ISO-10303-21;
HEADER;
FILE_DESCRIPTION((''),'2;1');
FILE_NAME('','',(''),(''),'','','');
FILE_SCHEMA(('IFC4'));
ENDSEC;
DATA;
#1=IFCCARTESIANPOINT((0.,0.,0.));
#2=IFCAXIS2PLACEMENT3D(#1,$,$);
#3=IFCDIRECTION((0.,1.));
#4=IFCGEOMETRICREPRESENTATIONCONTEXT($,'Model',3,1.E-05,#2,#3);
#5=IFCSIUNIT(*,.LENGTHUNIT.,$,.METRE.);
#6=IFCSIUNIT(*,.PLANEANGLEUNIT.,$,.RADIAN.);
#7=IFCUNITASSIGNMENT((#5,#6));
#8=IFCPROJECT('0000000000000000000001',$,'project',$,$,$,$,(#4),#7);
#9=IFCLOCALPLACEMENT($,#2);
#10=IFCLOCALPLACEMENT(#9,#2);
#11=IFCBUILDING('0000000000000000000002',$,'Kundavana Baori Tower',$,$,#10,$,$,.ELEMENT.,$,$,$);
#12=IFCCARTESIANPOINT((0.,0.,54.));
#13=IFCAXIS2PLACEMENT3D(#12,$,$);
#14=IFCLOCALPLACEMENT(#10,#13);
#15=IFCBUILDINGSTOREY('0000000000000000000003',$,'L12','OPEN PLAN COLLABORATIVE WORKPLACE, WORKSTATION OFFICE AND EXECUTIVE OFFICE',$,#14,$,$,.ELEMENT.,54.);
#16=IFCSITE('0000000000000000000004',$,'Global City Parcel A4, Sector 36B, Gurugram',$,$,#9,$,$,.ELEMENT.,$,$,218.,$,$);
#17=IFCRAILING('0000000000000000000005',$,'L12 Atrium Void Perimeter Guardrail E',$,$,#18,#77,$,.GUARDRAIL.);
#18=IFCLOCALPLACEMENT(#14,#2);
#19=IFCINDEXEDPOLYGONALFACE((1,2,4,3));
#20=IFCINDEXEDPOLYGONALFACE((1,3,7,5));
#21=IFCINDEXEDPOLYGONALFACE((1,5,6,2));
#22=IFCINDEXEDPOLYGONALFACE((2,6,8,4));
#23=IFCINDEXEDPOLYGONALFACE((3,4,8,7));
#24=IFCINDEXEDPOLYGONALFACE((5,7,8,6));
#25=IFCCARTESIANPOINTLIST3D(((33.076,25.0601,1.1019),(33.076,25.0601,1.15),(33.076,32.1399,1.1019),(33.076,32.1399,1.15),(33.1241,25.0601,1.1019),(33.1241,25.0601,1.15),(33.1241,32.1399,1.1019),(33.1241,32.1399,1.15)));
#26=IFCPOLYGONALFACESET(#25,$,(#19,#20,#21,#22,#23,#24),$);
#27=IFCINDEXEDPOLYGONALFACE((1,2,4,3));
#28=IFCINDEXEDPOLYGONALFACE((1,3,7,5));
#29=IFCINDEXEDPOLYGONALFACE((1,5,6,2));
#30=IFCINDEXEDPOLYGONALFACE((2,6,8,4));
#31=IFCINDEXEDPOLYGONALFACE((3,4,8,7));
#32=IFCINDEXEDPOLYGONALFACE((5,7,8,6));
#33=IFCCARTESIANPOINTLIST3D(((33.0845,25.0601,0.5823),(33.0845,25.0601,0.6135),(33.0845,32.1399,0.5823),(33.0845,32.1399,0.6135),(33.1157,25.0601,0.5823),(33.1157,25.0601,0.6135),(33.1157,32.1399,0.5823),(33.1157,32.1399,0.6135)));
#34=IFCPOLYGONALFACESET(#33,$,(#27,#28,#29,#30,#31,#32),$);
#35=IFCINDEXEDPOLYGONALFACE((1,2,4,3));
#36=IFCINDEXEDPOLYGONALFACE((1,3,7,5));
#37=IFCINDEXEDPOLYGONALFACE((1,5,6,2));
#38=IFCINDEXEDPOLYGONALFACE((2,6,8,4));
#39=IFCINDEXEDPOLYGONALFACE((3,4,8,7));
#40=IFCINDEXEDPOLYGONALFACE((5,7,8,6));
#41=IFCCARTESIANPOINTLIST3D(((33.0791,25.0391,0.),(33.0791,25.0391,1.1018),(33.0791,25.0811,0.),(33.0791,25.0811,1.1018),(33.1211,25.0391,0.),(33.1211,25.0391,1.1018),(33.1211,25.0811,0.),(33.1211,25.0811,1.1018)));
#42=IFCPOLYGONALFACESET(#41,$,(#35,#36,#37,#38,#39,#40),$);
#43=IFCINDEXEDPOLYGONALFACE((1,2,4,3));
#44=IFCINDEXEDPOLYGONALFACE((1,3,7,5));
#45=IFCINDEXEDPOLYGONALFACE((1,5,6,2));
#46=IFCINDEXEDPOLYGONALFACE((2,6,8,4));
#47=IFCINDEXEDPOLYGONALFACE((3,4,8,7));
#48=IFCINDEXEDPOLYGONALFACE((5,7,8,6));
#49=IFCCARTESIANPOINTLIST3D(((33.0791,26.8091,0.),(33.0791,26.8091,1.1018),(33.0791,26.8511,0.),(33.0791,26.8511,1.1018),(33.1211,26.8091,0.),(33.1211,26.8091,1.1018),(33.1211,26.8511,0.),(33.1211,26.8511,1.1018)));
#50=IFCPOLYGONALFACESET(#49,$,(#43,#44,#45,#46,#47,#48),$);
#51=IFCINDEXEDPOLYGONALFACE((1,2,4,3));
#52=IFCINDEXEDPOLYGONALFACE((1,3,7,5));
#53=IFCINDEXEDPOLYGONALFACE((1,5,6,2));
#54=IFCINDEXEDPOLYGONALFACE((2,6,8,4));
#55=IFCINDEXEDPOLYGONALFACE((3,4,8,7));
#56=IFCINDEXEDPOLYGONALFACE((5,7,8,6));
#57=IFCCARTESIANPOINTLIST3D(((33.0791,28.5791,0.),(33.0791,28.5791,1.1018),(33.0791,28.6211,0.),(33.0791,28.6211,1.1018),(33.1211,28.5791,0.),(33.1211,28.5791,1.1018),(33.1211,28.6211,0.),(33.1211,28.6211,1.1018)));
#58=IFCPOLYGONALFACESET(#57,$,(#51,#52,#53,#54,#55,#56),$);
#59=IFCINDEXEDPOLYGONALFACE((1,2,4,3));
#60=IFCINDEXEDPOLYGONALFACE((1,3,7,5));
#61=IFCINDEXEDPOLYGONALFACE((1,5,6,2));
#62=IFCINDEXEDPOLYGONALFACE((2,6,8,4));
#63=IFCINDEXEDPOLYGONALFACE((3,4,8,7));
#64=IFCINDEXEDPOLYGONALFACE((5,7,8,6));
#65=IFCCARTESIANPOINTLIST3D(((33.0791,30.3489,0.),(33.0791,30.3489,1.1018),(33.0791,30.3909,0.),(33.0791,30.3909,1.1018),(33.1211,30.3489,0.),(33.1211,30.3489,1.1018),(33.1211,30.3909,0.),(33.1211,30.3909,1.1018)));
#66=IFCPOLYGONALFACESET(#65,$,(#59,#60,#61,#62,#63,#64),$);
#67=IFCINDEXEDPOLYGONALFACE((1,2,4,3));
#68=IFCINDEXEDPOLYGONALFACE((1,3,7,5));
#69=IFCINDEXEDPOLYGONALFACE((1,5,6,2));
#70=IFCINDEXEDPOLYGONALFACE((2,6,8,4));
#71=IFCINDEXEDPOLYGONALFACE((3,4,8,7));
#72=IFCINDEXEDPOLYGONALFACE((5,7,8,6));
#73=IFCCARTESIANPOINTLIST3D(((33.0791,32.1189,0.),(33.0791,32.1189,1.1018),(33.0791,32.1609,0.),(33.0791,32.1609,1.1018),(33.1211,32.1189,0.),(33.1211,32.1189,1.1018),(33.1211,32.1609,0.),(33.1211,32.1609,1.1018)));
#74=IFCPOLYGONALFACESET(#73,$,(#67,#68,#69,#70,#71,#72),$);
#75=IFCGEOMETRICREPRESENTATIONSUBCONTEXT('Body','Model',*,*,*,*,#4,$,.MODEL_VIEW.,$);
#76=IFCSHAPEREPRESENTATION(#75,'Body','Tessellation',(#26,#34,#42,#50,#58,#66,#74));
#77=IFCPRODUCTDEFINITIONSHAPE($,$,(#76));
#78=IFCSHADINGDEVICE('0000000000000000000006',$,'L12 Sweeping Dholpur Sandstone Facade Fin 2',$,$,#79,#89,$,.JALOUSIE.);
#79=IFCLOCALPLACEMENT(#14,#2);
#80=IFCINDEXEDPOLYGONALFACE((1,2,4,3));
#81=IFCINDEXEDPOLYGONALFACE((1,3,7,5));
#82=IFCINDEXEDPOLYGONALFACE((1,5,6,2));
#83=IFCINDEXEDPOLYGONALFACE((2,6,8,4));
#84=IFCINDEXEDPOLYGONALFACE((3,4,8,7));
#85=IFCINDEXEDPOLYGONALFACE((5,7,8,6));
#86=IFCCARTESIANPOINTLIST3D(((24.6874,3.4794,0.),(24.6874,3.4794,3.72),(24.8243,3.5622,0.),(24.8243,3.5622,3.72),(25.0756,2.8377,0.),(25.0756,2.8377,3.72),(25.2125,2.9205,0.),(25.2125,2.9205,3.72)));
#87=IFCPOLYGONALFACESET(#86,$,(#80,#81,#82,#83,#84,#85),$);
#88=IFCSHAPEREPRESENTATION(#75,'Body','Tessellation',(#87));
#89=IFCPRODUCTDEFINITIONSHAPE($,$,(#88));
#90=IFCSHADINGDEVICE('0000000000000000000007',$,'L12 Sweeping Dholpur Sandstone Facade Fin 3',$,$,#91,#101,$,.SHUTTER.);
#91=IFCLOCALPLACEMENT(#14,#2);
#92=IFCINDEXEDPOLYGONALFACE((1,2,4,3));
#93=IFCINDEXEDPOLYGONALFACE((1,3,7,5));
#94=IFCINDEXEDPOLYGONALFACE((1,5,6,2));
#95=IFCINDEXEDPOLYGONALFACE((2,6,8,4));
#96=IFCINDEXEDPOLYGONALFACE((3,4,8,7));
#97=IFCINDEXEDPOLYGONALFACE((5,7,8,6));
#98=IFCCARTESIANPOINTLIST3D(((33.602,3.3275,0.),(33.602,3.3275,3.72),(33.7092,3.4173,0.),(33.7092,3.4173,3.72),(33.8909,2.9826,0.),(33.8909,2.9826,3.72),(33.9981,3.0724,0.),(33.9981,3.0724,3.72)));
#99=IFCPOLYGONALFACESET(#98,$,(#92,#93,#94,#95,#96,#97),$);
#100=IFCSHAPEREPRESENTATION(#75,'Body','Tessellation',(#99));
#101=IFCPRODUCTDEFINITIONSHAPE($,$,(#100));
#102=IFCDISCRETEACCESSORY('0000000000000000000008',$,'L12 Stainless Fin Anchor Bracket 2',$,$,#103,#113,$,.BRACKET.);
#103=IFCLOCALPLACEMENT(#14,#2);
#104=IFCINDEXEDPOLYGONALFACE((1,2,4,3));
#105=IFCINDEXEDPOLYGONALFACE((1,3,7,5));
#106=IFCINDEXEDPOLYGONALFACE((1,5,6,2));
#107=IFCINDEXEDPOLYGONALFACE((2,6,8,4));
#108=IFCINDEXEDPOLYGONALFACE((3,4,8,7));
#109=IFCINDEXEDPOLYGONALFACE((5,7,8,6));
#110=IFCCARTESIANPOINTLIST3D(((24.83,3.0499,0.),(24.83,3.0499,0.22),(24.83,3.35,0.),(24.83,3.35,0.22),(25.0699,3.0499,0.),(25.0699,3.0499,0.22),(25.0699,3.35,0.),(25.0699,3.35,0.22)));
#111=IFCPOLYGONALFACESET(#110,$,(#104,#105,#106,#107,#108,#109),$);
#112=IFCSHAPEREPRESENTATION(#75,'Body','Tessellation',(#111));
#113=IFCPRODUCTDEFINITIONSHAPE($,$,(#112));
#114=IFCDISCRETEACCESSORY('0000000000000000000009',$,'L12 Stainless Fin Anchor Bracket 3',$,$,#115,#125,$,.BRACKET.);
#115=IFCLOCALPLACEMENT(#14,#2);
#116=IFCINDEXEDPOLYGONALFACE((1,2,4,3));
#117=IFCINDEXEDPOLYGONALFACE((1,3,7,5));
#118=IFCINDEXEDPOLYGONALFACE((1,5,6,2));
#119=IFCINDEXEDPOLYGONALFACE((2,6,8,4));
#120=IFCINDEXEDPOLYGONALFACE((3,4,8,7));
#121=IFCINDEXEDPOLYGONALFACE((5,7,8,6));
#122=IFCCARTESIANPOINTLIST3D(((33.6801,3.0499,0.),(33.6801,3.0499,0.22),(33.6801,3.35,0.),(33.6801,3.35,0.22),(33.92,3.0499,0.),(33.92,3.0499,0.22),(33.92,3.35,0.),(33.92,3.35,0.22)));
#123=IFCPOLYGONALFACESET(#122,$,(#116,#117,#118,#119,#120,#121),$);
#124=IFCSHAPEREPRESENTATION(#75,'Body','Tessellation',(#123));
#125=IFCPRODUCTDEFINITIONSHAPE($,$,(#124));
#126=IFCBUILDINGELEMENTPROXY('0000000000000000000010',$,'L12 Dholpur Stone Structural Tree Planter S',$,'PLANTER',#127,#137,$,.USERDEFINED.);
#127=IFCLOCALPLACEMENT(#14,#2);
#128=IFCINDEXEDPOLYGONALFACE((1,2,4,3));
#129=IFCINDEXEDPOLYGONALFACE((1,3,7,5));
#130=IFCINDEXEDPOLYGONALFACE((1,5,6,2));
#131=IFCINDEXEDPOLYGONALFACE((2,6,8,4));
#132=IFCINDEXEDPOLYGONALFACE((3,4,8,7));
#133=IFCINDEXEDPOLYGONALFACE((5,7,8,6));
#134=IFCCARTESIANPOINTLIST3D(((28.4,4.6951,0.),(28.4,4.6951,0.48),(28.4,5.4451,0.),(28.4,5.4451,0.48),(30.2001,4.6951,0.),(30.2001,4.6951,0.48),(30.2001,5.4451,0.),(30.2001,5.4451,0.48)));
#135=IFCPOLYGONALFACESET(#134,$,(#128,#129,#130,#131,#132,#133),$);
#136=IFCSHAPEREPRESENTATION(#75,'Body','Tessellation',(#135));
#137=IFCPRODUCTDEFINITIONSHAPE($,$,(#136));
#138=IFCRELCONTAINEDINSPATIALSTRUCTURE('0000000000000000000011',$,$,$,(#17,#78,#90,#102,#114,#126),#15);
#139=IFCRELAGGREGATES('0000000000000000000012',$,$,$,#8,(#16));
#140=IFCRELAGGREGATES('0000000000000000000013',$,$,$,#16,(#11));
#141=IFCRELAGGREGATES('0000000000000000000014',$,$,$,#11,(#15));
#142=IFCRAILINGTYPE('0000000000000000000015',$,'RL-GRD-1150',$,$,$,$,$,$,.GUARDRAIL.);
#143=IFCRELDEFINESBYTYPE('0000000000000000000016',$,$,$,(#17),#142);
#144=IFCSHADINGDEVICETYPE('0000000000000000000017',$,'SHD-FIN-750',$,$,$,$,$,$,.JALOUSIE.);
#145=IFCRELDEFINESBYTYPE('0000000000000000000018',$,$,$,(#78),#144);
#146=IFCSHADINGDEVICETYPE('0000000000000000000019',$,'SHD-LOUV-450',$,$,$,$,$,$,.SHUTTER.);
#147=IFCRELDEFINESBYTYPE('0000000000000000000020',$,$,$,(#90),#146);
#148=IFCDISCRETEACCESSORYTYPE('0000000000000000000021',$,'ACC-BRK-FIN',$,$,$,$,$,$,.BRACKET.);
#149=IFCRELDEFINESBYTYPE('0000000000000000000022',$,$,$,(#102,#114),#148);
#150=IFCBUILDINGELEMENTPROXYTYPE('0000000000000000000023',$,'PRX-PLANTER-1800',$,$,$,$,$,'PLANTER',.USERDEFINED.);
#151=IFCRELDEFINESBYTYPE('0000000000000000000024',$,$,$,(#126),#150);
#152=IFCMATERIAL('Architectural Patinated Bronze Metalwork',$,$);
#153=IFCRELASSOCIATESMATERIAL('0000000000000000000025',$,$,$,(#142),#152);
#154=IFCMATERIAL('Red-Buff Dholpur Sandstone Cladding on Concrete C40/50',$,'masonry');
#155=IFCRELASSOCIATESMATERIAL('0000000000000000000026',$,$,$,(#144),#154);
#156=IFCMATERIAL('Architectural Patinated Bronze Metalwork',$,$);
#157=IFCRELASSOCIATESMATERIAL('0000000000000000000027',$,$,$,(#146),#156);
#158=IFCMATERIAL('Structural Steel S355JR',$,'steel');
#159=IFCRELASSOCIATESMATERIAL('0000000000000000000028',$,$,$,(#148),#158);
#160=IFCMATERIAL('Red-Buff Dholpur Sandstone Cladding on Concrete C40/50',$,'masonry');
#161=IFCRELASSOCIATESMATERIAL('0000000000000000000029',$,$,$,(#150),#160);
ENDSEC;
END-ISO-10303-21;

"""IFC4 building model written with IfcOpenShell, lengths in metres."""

from ifc_helpers import new_model, si_unit, direction, frame, origin, origin_2d, place, context, subcontext, project, spatial, rectangle, extrude, material, type_object, element, save


model = new_model("IFC4")

# Units and contexts
model_context = context("Model", 3, precision=1e-05, world=origin(), true_north=direction((0.0, 1.0)))
body_context = subcontext(model_context, "Body", "Model", "MODEL_VIEW")
ifc_project = project(units=[si_unit("LENGTHUNIT", "METRE"), si_unit("PLANEANGLEUNIT", "RADIAN")], contexts=[model_context])

# Site, building, storey
site_placement = place(None, origin())
site = spatial("IfcSite", under=ifc_project, at=site_placement, Name="Global City Parcel A4, Sector 36B, Gurugram", CompositionType="ELEMENT", RefElevation=218.0)
building_placement = place(site_placement, origin())
building = spatial("IfcBuilding", under=site, at=building_placement, Name="Kundavana Baori Tower", CompositionType="ELEMENT")
storey_placement = place(building_placement, frame((0.0, 0.0, 54.0)))
storey = spatial("IfcBuildingStorey", under=building, at=storey_placement, Name="L12", Description="OPEN PLAN COLLABORATIVE WORKPLACE, WORKSTATION OFFICE AND EXECUTIVE OFFICE", CompositionType="ELEMENT", Elevation=54.0)

# Railing
ifc_material_1 = material(Name="Architectural Patinated Bronze Metalwork")
railing_type = type_object("IfcRailingType", Name="RL-GRD-1150", PredefinedType="GUARDRAIL", material=ifc_material_1)
railing_1_placement = place(storey_placement, frame((33.1001, 25.0601, 0.0)))
element("IfcRailing", 1, at=railing_1_placement, inside=storey, type_object=railing_type, Name="L12 Atrium Void Perimeter Guardrail E", PredefinedType="GUARDRAIL", context=body_context, shape_type="SweptSolid", body=[
    extrude(rectangle(XDim=0.0481, YDim=0.0481, at=origin_2d()), frame((0.0, 0.0, 1.126), z_axis=(0.0, 1.0, 0.0), x_axis=(-1.0, 0.0, 0.0)), (0.0, 0.0, 1.0), 7.0798),
    extrude(rectangle(XDim=0.0312, YDim=0.0312, at=origin_2d()), frame((0.0, 0.0, 0.5979), z_axis=(0.0, 1.0, 0.0), x_axis=(-1.0, 0.0, 0.0)), (0.0, 0.0, 1.0), 7.0798),
    extrude(rectangle(XDim=0.042, YDim=0.042, at=origin_2d()), origin(), (0.0, 0.0, 1.0), 1.1018),
    extrude(rectangle(XDim=0.042, YDim=0.042, at=origin_2d()), frame((0.0, 1.77, 0.0)), (0.0, 0.0, 1.0), 1.1018),
    extrude(rectangle(XDim=0.042, YDim=0.042, at=origin_2d()), frame((0.0, 3.54, 0.0)), (0.0, 0.0, 1.0), 1.1018),
    extrude(rectangle(XDim=0.042, YDim=0.042, at=origin_2d()), frame((0.0, 5.3098, 0.0)), (0.0, 0.0, 1.0), 1.1018),
    extrude(rectangle(XDim=0.042, YDim=0.042, at=origin_2d()), frame((0.0, 7.0798, 0.0)), (0.0, 0.0, 1.0), 1.1018),
])

# Shading devices
ifc_material_2 = material(Name="Red-Buff Dholpur Sandstone Cladding on Concrete C40/50", Category="masonry")
shading_device_type_1 = type_object("IfcShadingDeviceType", Name="SHD-FIN-750", PredefinedType="JALOUSIE", material=ifc_material_2)
shading_device_1_placement = place(storey_placement, frame((24.95, 3.2, 0.0), z_axis=(0.0, 0.0, 1.0), x_axis=(0.855635, 0.517579, 0.0)))
element("IfcShadingDevice", 2, at=shading_device_1_placement, inside=storey, type_object=shading_device_type_1, Name="L12 Sweeping Dholpur Sandstone Facade Fin 2", PredefinedType="JALOUSIE", context=body_context, shape_type="SweptSolid", body=[
    extrude(rectangle(XDim=0.1599, YDim=0.75, at=origin_2d()), origin(), (0.0, 0.0, 1.0), 3.72),
])
ifc_material_3 = material(Name="Architectural Patinated Bronze Metalwork")
shading_device_type_2 = type_object("IfcShadingDeviceType", Name="SHD-LOUV-450", PredefinedType="SHUTTER", material=ifc_material_3)
shading_device_2_placement = place(storey_placement, frame((33.8, 3.2, 0.0), z_axis=(0.0, 0.0, 1.0), x_axis=(0.766717, 0.641985, 0.0)))
element("IfcShadingDevice", 3, at=shading_device_2_placement, inside=storey, type_object=shading_device_type_2, Name="L12 Sweeping Dholpur Sandstone Facade Fin 3", PredefinedType="SHUTTER", context=body_context, shape_type="SweptSolid", body=[
    extrude(rectangle(XDim=0.1399, YDim=0.45, at=origin_2d()), origin(), (0.0, 0.0, 1.0), 3.72),
])

# Discrete accessories
ifc_material_4 = material(Name="Structural Steel S355JR", Category="steel")
discrete_accessory_type = type_object("IfcDiscreteAccessoryType", Name="ACC-BRK-FIN", PredefinedType="BRACKET", material=ifc_material_4)
for number, where, z_axis, x_axis, name in (
    (4, (24.95, 3.2, 0.0), (0.0, 0.0, 1.0), (1.0, 0.0, 0.0), "L12 Stainless Fin Anchor Bracket 2"),
    (5, (33.8, 3.2, 0.0), (0.0, 0.0, 1.0), (1.0, 0.0, 0.0), "L12 Stainless Fin Anchor Bracket 3"),
):
    element("IfcDiscreteAccessory", number, at=place(storey_placement, frame(where, z_axis=z_axis, x_axis=x_axis)), inside=storey, type_object=discrete_accessory_type, Name=name, PredefinedType="BRACKET", context=body_context, shape_type="SweptSolid", body=[
        extrude(rectangle(XDim=0.24, YDim=0.3, at=origin_2d()), origin(), (0.0, 0.0, 1.0), 0.22),
    ])

# Building element proxy
ifc_material_5 = material(Name="Red-Buff Dholpur Sandstone Cladding on Concrete C40/50", Category="masonry")
building_element_proxy_type = type_object("IfcBuildingElementProxyType", Name="PRX-PLANTER-1800", ElementType="PLANTER", PredefinedType="USERDEFINED", material=ifc_material_5)
proxy_placement = place(storey_placement, frame((29.3, 5.0701, 0.0), z_axis=(0.0, 0.0, 1.0), x_axis=(1.0, 0.0, 0.0)))
element("IfcBuildingElementProxy", 6, at=proxy_placement, inside=storey, type_object=building_element_proxy_type, Name="L12 Dholpur Stone Structural Tree Planter S", ObjectType="PLANTER", PredefinedType="USERDEFINED", context=body_context, shape_type="SweptSolid", body=[
    extrude(rectangle(XDim=1.8, YDim=0.75, at=origin_2d()), origin(), (0.0, 0.0, 1.0), 0.48),
])

save(model, "model.ifc")
